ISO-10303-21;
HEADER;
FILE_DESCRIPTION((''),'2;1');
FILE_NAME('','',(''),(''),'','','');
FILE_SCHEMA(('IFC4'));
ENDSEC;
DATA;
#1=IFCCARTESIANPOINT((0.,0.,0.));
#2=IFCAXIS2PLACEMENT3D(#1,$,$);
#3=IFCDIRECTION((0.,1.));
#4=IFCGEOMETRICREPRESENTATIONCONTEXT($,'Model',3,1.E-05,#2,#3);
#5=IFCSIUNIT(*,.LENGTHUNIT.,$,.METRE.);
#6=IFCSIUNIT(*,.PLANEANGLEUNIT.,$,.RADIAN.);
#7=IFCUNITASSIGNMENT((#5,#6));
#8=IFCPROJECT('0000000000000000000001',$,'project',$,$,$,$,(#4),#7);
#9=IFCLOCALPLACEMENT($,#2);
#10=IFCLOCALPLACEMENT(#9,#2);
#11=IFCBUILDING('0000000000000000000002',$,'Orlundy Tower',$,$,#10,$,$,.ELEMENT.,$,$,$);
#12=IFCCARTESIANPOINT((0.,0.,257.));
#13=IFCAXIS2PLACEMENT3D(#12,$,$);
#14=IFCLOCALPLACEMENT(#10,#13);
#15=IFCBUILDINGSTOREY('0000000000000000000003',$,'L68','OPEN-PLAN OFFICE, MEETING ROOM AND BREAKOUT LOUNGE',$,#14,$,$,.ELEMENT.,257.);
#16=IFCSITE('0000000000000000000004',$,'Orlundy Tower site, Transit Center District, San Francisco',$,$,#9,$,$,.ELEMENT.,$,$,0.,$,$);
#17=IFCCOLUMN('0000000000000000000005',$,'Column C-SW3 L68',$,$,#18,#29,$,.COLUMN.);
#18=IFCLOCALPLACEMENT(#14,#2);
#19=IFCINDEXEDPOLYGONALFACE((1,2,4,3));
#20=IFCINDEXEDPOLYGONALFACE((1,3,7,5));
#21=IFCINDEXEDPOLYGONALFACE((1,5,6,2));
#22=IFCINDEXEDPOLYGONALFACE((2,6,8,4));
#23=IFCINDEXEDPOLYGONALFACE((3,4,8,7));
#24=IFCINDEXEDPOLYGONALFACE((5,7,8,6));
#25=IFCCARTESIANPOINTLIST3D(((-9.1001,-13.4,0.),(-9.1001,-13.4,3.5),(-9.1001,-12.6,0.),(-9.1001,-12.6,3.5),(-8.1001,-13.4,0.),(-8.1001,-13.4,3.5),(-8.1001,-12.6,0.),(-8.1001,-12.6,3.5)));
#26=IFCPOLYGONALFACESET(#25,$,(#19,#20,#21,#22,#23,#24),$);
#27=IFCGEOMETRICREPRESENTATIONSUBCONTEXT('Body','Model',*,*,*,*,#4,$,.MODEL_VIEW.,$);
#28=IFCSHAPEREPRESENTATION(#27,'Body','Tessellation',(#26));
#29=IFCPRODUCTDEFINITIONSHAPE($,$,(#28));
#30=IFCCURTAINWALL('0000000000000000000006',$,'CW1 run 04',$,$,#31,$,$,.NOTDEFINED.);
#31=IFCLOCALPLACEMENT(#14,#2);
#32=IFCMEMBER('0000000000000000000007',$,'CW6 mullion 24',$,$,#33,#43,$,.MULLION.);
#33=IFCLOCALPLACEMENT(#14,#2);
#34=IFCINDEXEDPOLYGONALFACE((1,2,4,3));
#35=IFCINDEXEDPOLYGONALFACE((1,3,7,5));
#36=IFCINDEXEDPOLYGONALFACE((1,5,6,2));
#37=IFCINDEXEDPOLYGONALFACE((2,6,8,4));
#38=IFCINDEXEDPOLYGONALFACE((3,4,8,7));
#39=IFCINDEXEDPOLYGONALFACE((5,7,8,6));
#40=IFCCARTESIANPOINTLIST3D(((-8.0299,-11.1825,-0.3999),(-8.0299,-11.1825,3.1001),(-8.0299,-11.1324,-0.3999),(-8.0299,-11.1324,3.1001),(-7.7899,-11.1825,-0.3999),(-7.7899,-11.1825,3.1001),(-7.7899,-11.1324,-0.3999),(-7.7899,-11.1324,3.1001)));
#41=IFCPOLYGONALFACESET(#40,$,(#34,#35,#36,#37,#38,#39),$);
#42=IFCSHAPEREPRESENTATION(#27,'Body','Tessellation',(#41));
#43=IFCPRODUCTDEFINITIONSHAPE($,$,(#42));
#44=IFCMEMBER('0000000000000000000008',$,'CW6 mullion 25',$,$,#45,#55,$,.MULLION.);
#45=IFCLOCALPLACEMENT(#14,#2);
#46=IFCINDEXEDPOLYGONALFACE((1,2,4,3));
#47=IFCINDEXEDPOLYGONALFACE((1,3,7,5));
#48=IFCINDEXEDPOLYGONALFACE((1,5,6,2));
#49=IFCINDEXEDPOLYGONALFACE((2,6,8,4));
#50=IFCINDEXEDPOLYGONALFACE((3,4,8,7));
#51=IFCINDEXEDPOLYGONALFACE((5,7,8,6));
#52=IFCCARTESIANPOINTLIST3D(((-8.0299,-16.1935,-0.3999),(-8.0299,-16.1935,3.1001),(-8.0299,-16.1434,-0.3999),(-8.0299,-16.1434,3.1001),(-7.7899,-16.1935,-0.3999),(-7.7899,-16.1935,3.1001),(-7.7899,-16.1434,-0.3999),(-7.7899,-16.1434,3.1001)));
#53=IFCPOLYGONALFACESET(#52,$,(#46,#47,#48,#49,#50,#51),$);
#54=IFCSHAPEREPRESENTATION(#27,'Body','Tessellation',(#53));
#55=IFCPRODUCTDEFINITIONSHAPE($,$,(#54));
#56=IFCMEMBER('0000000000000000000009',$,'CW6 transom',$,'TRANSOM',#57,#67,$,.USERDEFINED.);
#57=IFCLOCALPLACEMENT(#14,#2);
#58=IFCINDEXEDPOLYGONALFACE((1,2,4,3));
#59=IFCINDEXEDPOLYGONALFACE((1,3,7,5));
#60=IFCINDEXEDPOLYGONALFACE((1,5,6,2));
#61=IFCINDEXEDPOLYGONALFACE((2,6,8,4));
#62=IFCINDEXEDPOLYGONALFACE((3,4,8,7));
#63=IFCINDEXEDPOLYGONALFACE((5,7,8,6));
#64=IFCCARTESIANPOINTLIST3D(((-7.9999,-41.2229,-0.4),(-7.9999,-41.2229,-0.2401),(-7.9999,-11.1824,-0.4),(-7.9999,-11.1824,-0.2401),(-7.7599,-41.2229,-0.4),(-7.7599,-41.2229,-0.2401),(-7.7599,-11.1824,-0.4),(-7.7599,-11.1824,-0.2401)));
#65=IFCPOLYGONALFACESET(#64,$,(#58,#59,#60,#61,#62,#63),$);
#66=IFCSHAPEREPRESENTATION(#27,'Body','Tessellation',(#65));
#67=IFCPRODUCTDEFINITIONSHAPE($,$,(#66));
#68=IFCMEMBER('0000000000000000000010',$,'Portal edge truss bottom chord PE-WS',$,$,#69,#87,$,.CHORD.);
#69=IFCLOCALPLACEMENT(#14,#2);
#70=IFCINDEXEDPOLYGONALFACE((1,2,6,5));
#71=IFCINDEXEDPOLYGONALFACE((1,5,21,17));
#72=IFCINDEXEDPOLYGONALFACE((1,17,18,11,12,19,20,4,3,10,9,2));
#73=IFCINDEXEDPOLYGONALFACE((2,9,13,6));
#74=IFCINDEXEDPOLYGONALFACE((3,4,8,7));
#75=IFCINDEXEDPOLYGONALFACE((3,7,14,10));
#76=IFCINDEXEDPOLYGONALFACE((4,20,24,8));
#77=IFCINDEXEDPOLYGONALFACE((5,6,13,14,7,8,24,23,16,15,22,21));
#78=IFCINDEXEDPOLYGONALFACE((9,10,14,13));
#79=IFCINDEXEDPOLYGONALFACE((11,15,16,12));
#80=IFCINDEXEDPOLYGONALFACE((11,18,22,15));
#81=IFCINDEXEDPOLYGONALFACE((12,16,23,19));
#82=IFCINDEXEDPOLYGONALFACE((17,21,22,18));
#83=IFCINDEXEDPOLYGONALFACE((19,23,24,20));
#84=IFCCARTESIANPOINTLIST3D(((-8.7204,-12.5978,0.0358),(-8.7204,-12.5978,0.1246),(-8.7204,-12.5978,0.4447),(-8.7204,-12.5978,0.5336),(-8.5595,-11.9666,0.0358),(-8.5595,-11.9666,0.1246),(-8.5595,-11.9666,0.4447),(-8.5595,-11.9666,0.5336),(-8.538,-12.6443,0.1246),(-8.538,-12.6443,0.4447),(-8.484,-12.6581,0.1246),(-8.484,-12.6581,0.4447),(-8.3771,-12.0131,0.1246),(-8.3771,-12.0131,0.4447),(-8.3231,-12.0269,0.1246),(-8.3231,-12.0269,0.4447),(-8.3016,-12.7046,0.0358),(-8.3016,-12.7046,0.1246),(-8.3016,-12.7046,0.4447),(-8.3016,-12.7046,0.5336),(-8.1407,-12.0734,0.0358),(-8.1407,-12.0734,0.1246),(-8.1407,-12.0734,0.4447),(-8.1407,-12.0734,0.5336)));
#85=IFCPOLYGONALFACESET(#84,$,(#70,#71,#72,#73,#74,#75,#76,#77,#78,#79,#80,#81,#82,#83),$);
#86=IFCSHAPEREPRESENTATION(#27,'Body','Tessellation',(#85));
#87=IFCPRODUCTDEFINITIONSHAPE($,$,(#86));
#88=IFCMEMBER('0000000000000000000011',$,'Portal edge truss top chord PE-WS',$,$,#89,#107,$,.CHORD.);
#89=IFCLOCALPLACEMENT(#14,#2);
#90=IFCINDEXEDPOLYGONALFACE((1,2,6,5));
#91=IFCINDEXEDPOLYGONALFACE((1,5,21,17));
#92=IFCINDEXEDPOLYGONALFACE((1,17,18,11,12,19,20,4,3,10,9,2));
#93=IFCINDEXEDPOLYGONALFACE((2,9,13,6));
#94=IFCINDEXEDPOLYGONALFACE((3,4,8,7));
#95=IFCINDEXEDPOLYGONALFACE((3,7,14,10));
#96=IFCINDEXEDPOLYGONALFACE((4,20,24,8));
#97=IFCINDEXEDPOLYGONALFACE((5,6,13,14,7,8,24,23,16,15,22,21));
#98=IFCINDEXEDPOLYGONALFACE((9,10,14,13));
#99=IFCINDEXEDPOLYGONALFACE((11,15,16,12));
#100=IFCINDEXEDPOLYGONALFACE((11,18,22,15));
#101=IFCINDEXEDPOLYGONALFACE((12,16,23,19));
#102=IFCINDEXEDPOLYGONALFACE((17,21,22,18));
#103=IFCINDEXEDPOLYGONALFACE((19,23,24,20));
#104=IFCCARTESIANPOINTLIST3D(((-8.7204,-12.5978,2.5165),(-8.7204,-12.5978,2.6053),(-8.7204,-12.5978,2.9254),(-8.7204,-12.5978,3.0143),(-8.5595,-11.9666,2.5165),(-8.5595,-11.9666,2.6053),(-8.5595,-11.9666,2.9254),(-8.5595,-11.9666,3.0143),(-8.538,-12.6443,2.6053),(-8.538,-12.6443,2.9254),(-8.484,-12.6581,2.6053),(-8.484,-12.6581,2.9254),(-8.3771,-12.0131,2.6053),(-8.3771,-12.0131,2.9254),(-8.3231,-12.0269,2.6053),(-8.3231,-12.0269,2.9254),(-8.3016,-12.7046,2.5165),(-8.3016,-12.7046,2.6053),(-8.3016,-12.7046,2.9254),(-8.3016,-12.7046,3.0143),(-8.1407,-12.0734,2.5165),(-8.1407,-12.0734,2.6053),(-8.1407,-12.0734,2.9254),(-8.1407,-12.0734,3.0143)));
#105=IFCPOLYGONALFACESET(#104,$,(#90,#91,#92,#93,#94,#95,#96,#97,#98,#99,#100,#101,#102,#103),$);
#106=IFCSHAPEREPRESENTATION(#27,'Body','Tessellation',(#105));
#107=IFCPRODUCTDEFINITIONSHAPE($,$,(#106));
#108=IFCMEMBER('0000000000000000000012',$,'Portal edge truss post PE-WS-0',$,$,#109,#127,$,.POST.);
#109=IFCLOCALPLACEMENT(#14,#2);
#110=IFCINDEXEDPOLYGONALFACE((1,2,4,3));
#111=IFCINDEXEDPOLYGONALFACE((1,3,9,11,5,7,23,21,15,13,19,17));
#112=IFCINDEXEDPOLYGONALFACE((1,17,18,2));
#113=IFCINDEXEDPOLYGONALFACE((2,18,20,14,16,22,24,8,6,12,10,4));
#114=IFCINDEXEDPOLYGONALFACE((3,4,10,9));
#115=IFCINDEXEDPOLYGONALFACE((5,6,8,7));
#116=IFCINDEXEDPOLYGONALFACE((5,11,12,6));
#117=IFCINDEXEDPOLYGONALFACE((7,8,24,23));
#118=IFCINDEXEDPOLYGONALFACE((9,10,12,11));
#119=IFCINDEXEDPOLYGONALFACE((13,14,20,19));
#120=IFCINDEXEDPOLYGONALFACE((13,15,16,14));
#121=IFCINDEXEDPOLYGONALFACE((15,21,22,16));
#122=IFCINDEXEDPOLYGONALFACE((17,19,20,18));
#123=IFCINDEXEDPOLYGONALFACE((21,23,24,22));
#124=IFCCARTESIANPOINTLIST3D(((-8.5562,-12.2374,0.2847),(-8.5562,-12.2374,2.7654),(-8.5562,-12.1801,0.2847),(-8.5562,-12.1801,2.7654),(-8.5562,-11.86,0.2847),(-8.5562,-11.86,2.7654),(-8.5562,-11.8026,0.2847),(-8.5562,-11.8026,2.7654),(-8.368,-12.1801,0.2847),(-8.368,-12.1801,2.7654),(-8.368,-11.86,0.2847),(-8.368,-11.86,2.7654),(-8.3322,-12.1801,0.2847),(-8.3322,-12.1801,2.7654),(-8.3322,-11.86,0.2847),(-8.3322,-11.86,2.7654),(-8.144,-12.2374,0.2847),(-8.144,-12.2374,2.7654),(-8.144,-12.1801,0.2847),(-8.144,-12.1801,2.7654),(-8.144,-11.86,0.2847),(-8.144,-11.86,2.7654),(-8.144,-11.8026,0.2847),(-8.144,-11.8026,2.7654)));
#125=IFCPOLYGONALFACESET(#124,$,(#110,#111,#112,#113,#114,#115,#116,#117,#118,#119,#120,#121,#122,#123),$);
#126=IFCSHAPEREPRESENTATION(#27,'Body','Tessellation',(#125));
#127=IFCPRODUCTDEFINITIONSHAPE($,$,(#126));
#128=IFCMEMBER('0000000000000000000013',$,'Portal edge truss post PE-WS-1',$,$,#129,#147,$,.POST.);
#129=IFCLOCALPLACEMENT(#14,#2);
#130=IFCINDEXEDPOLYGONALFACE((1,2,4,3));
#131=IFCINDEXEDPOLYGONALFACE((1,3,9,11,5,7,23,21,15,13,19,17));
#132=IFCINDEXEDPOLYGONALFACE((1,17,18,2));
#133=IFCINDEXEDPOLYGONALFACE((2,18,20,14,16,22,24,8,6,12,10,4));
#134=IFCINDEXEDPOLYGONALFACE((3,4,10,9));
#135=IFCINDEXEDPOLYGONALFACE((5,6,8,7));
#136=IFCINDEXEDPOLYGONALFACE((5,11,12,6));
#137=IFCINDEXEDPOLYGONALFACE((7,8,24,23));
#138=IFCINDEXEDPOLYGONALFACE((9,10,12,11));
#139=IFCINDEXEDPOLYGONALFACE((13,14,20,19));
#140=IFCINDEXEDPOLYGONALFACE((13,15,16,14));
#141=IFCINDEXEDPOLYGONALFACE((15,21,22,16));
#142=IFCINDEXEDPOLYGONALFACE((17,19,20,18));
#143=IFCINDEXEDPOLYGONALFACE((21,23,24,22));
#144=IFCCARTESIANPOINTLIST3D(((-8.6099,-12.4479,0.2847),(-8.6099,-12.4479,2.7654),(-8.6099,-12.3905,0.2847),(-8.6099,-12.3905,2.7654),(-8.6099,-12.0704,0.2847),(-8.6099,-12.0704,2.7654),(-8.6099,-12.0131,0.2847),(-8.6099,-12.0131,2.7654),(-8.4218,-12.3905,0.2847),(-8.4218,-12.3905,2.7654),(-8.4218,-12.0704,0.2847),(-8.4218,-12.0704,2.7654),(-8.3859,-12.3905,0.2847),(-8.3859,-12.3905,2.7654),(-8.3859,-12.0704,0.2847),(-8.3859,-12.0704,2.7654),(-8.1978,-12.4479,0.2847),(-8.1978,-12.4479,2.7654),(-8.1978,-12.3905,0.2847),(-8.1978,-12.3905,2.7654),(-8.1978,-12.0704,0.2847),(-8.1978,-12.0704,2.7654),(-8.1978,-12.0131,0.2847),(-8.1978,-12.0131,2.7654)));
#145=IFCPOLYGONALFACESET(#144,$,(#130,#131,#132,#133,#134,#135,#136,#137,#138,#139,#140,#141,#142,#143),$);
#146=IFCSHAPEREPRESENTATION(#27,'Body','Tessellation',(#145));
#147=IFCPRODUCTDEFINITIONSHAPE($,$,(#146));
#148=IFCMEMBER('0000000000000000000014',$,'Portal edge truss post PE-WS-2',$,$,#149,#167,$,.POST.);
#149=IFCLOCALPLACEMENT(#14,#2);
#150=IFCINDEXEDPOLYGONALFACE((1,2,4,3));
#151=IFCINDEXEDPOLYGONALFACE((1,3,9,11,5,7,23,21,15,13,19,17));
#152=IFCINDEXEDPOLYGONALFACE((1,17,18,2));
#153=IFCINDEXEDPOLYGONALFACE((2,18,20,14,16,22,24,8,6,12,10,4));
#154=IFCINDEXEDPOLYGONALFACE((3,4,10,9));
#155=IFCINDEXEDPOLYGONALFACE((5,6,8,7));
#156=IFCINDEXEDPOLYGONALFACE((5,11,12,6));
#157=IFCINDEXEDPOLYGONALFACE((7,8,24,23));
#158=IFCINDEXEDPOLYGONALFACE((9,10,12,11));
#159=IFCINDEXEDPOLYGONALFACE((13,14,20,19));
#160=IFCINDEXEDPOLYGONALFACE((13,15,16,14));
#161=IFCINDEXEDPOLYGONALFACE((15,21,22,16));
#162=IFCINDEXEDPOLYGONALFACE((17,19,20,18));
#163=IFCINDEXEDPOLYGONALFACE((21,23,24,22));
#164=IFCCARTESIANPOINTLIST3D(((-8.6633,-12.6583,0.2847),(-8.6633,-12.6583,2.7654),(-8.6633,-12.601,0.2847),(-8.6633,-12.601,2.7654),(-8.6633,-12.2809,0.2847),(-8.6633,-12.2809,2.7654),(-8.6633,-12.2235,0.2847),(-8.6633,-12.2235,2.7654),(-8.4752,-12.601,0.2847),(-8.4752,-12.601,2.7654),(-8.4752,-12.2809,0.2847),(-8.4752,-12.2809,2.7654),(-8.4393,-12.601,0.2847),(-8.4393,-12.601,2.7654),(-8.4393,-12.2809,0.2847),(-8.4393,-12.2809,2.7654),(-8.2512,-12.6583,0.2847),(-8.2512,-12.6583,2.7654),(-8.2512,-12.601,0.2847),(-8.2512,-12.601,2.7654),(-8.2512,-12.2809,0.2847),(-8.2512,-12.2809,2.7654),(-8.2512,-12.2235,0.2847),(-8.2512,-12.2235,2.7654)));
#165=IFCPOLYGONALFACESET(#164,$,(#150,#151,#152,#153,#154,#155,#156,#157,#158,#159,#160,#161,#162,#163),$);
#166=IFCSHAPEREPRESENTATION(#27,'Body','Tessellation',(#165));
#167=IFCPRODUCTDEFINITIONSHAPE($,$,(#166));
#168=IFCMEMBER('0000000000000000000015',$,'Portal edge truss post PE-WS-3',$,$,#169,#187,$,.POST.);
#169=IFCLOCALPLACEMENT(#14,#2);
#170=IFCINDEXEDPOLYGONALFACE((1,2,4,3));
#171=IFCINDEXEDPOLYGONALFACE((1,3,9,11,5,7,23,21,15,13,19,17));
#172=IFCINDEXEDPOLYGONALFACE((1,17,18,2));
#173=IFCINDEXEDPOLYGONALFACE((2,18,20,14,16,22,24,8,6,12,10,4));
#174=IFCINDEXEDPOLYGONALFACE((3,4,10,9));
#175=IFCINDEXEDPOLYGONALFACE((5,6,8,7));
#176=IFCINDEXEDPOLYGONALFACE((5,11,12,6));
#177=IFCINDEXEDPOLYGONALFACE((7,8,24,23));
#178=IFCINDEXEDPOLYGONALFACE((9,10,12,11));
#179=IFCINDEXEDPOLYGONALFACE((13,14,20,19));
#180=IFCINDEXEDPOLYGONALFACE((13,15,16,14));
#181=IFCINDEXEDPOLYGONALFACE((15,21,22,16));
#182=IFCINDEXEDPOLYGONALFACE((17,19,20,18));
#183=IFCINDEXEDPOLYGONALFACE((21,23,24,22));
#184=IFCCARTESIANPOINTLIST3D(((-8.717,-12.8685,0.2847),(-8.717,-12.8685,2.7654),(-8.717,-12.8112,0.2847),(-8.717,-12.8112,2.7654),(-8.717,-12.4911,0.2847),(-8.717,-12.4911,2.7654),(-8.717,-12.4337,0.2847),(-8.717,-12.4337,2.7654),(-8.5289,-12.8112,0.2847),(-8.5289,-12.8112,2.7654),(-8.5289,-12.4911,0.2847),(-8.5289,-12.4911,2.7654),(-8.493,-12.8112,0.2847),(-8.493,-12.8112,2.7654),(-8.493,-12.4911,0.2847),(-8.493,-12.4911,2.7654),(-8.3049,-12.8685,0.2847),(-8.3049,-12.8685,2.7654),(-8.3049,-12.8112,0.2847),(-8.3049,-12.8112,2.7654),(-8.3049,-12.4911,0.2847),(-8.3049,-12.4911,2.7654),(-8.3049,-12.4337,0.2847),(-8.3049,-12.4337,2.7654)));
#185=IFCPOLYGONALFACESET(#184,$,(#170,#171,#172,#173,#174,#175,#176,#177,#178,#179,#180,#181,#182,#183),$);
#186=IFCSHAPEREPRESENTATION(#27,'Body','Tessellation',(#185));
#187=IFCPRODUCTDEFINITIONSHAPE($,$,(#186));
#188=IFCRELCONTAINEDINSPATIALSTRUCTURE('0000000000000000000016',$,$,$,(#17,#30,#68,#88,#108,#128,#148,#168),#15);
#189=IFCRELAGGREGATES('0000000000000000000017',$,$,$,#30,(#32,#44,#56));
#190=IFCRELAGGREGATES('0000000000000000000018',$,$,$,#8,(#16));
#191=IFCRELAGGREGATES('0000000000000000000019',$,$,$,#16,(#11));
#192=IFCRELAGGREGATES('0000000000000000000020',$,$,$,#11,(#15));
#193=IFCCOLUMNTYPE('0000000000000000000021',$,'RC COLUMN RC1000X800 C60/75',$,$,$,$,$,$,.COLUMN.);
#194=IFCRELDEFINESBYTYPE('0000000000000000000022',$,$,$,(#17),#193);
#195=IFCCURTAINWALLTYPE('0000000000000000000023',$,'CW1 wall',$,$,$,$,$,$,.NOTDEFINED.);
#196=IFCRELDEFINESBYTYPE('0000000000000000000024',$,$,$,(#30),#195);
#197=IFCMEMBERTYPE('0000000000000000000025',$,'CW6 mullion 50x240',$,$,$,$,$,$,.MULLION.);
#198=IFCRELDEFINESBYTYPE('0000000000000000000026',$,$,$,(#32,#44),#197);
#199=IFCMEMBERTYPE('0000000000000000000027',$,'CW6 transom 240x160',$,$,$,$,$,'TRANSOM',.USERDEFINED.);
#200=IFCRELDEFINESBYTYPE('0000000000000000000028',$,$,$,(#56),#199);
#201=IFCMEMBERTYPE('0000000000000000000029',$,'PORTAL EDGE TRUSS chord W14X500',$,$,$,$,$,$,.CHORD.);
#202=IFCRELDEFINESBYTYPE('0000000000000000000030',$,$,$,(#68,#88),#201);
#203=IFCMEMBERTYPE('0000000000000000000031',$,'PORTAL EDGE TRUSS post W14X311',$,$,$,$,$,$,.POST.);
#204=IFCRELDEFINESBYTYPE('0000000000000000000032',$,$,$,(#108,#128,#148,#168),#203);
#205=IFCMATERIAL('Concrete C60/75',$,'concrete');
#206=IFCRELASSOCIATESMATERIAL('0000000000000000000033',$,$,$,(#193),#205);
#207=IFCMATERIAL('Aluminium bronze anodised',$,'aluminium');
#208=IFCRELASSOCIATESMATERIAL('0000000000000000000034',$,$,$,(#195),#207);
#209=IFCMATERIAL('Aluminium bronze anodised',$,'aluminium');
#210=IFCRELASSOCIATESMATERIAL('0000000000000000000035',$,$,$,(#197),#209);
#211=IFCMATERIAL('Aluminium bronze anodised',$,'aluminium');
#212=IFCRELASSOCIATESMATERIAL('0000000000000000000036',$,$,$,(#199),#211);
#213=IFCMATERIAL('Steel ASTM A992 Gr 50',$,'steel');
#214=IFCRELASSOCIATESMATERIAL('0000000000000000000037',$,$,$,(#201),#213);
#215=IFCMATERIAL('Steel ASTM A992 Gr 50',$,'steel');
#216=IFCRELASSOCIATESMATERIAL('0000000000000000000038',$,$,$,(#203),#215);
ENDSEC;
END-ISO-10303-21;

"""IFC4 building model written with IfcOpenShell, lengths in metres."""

from ifc_helpers import new_model, si_unit, direction, frame, origin, origin_2d, place, context, subcontext, project, spatial, rectangle, i_section, extrude, material, material_profile, profile_set, type_object, element, aggregate, save


model = new_model("IFC4")

# Units and contexts
model_context = context("Model", 3, precision=1e-05, world=origin(), true_north=direction((0.0, 1.0)))
body_context = subcontext(model_context, "Body", "Model", "MODEL_VIEW")
ifc_project = project(units=[si_unit("LENGTHUNIT", "METRE"), si_unit("PLANEANGLEUNIT", "RADIAN")], contexts=[model_context])

# Site, building, storey
site_placement = place(None, origin())
site = spatial("IfcSite", under=ifc_project, at=site_placement, Name="Orlundy Tower site, Transit Center District, San Francisco", CompositionType="ELEMENT", RefElevation=0.0)
building_placement = place(site_placement, origin())
building = spatial("IfcBuilding", under=site, at=building_placement, Name="Orlundy Tower", CompositionType="ELEMENT")
storey_placement = place(building_placement, frame((0.0, 0.0, 257.0)))
storey = spatial("IfcBuildingStorey", under=building, at=storey_placement, Name="L68", Description="OPEN-PLAN OFFICE, MEETING ROOM AND BREAKOUT LOUNGE", CompositionType="ELEMENT", Elevation=257.0)

# Column
ifc_material_1 = material(Name="Concrete C60/75", Category="concrete")
ifc_material_profile_1 = material_profile(ifc_material_1, rectangle(XDim=1.0, YDim=0.8, at=origin_2d()), Name="RC1000X800")
ifc_profile_set_1 = profile_set([ifc_material_profile_1], Name="Concrete C60/75")
column_type = type_object("IfcColumnType", Name="RC COLUMN RC1000X800 C60/75", PredefinedType="COLUMN", material=ifc_profile_set_1)
column_placement = place(storey_placement, frame((-8.6001, -13.0, 0.0), z_axis=(0.0, 0.0, 1.0), x_axis=(1.0, 0.0, 0.0)))
element("IfcColumn", 1, at=column_placement, inside=storey, type_object=column_type, Name="Column C-SW3 L68", PredefinedType="COLUMN", context=body_context, shape_type="SweptSolid", body=[
    extrude(rectangle(XDim=1.0, YDim=0.8, at=origin_2d()), origin(), (0.0, 0.0, 1.0), 3.5),
])

# Curtain wall, members
ifc_material_2 = material(Name="Aluminium bronze anodised", Category="aluminium")
curtain_wall_type = type_object("IfcCurtainWallType", Name="CW1 wall", PredefinedType="NOTDEFINED", material=ifc_material_2)
curtain_wall_1_placement = place(storey_placement, origin())
curtain_wall_1 = element("IfcCurtainWall", 2, at=curtain_wall_1_placement, inside=storey, type_object=curtain_wall_type, Name="CW1 run 04", PredefinedType="NOTDEFINED")
ifc_material_3 = material(Name="Aluminium bronze anodised", Category="aluminium")
ifc_material_profile_2 = material_profile(ifc_material_3, rectangle(XDim=0.24, YDim=0.05, at=origin_2d()), Name="CW6 mullion 50x240")
ifc_profile_set_2 = profile_set([ifc_material_profile_2], Name="Aluminium bronze anodised")
member_type_1 = type_object("IfcMemberType", Name="CW6 mullion 50x240", PredefinedType="MULLION", material=ifc_profile_set_2)
member_1_placement = place(storey_placement, frame((-7.9099, -11.1575, -0.3999), z_axis=(0.0, 0.0, 1.0), x_axis=(1.0, 0.0, 0.0)))
member_1 = element("IfcMember", 3, at=member_1_placement, type_object=member_type_1, Name="CW6 mullion 24", PredefinedType="MULLION", context=body_context, shape_type="SweptSolid", body=[
    extrude(rectangle(XDim=0.24, YDim=0.05, at=origin_2d()), origin(), (0.0, 0.0, 1.0), 3.5),
])
member_2_placement = place(storey_placement, frame((-7.9099, -16.1685, -0.3999), z_axis=(0.0, 0.0, 1.0), x_axis=(1.0, 0.0, 0.0)))
member_2 = element("IfcMember", 4, at=member_2_placement, type_object=member_type_1, Name="CW6 mullion 25", PredefinedType="MULLION", context=body_context, shape_type="SweptSolid", body=[
    extrude(rectangle(XDim=0.24, YDim=0.05, at=origin_2d()), origin(), (0.0, 0.0, 1.0), 3.5),
])
ifc_material_4 = material(Name="Aluminium bronze anodised", Category="aluminium")
ifc_material_profile_3 = material_profile(ifc_material_4, rectangle(XDim=0.24, YDim=0.1599, at=origin_2d()), Name="CW6 transom 240x160")
ifc_profile_set_3 = profile_set([ifc_material_profile_3], Name="Aluminium bronze anodised")
member_type_2 = type_object("IfcMemberType", Name="CW6 transom 240x160", ElementType="TRANSOM", PredefinedType="USERDEFINED", material=ifc_profile_set_3)
member_3_placement = place(storey_placement, frame((-7.8799, -11.1824, -0.3201), z_axis=(0.0, -1.0, 0.0), x_axis=(1.0, 0.0, 0.0)))
member_3 = element("IfcMember", 5, at=member_3_placement, type_object=member_type_2, Name="CW6 transom", ObjectType="TRANSOM", PredefinedType="USERDEFINED", context=body_context, shape_type="SweptSolid", body=[
    extrude(rectangle(XDim=0.24, YDim=0.1599, at=origin_2d()), origin(), (0.0, 0.0, 1.0), 30.0405),
])

# Members
ifc_material_5 = material(Name="Steel ASTM A992 Gr 50", Category="steel")
ifc_material_profile_4 = material_profile(ifc_material_5, i_section(OverallWidth=0.4321, OverallDepth=0.4978, WebThickness=0.0557, FlangeThickness=0.0889, at=origin_2d()), Name="W14X500")
ifc_profile_set_4 = profile_set([ifc_material_profile_4], Name="Steel ASTM A992 Gr 50")
member_type_3 = type_object("IfcMemberType", Name="PORTAL EDGE TRUSS chord W14X500", PredefinedType="CHORD", material=ifc_profile_set_4)
for number, where, z_axis, x_axis, name in (
    (6, (-8.3501, -12.02, 0.2847), (-0.247031, -0.969007, 0.0), (0.969007, -0.247031, 0.0), "Portal edge truss bottom chord PE-WS"),
    (7, (-8.3501, -12.02, 2.7654), (-0.247031, -0.969007, 0.0), (0.969007, -0.247031, 0.0), "Portal edge truss top chord PE-WS"),
):
    element("IfcMember", number, at=place(storey_placement, frame(where, z_axis=z_axis, x_axis=x_axis)), inside=storey, type_object=member_type_3, Name=name, PredefinedType="CHORD", context=body_context, shape_type="SweptSolid", body=[
        extrude(i_section(OverallWidth=0.4321, OverallDepth=0.4978, WebThickness=0.0557, FlangeThickness=0.0889, at=origin_2d()), origin(), (0.0, 0.0, 1.0), 0.6514),
    ])
ifc_material_6 = material(Name="Steel ASTM A992 Gr 50", Category="steel")
ifc_material_profile_5 = material_profile(ifc_material_6, i_section(OverallWidth=0.4121, OverallDepth=0.4348, WebThickness=0.0359, FlangeThickness=0.0574, at=origin_2d()), Name="W14X311")
ifc_profile_set_5 = profile_set([ifc_material_profile_5], Name="Steel ASTM A992 Gr 50")
member_type_4 = type_object("IfcMemberType", Name="PORTAL EDGE TRUSS post W14X311", PredefinedType="POST", material=ifc_profile_set_5)
for number, where, z_axis, x_axis, name in (
    (8, (-8.3501, -12.02, 0.2847), (0.0, 0.0, 1.0), (1.0, 0.0, 0.0), "Portal edge truss post PE-WS-0"),
    (9, (-8.4038, -12.2305, 0.2847), (0.0, 0.0, 1.0), (1.0, 0.0, 0.0), "Portal edge truss post PE-WS-1"),
    (10, (-8.4573, -12.4409, 0.2847), (0.0, 0.0, 1.0), (1.0, 0.0, 0.0), "Portal edge truss post PE-WS-2"),
    (11, (-8.511, -12.6511, 0.2847), (0.0, 0.0, 1.0), (1.0, 0.0, 0.0), "Portal edge truss post PE-WS-3"),
):
    element("IfcMember", number, at=place(storey_placement, frame(where, z_axis=z_axis, x_axis=x_axis)), inside=storey, type_object=member_type_4, Name=name, PredefinedType="POST", context=body_context, shape_type="SweptSolid", body=[
        extrude(i_section(OverallWidth=0.4121, OverallDepth=0.4348, WebThickness=0.0359, FlangeThickness=0.0574, at=origin_2d()), origin(), (0.0, 0.0, 1.0), 2.4807),
    ])

aggregate(curtain_wall_1, [member_1, member_2, member_3])

save(model, "model.ifc")
